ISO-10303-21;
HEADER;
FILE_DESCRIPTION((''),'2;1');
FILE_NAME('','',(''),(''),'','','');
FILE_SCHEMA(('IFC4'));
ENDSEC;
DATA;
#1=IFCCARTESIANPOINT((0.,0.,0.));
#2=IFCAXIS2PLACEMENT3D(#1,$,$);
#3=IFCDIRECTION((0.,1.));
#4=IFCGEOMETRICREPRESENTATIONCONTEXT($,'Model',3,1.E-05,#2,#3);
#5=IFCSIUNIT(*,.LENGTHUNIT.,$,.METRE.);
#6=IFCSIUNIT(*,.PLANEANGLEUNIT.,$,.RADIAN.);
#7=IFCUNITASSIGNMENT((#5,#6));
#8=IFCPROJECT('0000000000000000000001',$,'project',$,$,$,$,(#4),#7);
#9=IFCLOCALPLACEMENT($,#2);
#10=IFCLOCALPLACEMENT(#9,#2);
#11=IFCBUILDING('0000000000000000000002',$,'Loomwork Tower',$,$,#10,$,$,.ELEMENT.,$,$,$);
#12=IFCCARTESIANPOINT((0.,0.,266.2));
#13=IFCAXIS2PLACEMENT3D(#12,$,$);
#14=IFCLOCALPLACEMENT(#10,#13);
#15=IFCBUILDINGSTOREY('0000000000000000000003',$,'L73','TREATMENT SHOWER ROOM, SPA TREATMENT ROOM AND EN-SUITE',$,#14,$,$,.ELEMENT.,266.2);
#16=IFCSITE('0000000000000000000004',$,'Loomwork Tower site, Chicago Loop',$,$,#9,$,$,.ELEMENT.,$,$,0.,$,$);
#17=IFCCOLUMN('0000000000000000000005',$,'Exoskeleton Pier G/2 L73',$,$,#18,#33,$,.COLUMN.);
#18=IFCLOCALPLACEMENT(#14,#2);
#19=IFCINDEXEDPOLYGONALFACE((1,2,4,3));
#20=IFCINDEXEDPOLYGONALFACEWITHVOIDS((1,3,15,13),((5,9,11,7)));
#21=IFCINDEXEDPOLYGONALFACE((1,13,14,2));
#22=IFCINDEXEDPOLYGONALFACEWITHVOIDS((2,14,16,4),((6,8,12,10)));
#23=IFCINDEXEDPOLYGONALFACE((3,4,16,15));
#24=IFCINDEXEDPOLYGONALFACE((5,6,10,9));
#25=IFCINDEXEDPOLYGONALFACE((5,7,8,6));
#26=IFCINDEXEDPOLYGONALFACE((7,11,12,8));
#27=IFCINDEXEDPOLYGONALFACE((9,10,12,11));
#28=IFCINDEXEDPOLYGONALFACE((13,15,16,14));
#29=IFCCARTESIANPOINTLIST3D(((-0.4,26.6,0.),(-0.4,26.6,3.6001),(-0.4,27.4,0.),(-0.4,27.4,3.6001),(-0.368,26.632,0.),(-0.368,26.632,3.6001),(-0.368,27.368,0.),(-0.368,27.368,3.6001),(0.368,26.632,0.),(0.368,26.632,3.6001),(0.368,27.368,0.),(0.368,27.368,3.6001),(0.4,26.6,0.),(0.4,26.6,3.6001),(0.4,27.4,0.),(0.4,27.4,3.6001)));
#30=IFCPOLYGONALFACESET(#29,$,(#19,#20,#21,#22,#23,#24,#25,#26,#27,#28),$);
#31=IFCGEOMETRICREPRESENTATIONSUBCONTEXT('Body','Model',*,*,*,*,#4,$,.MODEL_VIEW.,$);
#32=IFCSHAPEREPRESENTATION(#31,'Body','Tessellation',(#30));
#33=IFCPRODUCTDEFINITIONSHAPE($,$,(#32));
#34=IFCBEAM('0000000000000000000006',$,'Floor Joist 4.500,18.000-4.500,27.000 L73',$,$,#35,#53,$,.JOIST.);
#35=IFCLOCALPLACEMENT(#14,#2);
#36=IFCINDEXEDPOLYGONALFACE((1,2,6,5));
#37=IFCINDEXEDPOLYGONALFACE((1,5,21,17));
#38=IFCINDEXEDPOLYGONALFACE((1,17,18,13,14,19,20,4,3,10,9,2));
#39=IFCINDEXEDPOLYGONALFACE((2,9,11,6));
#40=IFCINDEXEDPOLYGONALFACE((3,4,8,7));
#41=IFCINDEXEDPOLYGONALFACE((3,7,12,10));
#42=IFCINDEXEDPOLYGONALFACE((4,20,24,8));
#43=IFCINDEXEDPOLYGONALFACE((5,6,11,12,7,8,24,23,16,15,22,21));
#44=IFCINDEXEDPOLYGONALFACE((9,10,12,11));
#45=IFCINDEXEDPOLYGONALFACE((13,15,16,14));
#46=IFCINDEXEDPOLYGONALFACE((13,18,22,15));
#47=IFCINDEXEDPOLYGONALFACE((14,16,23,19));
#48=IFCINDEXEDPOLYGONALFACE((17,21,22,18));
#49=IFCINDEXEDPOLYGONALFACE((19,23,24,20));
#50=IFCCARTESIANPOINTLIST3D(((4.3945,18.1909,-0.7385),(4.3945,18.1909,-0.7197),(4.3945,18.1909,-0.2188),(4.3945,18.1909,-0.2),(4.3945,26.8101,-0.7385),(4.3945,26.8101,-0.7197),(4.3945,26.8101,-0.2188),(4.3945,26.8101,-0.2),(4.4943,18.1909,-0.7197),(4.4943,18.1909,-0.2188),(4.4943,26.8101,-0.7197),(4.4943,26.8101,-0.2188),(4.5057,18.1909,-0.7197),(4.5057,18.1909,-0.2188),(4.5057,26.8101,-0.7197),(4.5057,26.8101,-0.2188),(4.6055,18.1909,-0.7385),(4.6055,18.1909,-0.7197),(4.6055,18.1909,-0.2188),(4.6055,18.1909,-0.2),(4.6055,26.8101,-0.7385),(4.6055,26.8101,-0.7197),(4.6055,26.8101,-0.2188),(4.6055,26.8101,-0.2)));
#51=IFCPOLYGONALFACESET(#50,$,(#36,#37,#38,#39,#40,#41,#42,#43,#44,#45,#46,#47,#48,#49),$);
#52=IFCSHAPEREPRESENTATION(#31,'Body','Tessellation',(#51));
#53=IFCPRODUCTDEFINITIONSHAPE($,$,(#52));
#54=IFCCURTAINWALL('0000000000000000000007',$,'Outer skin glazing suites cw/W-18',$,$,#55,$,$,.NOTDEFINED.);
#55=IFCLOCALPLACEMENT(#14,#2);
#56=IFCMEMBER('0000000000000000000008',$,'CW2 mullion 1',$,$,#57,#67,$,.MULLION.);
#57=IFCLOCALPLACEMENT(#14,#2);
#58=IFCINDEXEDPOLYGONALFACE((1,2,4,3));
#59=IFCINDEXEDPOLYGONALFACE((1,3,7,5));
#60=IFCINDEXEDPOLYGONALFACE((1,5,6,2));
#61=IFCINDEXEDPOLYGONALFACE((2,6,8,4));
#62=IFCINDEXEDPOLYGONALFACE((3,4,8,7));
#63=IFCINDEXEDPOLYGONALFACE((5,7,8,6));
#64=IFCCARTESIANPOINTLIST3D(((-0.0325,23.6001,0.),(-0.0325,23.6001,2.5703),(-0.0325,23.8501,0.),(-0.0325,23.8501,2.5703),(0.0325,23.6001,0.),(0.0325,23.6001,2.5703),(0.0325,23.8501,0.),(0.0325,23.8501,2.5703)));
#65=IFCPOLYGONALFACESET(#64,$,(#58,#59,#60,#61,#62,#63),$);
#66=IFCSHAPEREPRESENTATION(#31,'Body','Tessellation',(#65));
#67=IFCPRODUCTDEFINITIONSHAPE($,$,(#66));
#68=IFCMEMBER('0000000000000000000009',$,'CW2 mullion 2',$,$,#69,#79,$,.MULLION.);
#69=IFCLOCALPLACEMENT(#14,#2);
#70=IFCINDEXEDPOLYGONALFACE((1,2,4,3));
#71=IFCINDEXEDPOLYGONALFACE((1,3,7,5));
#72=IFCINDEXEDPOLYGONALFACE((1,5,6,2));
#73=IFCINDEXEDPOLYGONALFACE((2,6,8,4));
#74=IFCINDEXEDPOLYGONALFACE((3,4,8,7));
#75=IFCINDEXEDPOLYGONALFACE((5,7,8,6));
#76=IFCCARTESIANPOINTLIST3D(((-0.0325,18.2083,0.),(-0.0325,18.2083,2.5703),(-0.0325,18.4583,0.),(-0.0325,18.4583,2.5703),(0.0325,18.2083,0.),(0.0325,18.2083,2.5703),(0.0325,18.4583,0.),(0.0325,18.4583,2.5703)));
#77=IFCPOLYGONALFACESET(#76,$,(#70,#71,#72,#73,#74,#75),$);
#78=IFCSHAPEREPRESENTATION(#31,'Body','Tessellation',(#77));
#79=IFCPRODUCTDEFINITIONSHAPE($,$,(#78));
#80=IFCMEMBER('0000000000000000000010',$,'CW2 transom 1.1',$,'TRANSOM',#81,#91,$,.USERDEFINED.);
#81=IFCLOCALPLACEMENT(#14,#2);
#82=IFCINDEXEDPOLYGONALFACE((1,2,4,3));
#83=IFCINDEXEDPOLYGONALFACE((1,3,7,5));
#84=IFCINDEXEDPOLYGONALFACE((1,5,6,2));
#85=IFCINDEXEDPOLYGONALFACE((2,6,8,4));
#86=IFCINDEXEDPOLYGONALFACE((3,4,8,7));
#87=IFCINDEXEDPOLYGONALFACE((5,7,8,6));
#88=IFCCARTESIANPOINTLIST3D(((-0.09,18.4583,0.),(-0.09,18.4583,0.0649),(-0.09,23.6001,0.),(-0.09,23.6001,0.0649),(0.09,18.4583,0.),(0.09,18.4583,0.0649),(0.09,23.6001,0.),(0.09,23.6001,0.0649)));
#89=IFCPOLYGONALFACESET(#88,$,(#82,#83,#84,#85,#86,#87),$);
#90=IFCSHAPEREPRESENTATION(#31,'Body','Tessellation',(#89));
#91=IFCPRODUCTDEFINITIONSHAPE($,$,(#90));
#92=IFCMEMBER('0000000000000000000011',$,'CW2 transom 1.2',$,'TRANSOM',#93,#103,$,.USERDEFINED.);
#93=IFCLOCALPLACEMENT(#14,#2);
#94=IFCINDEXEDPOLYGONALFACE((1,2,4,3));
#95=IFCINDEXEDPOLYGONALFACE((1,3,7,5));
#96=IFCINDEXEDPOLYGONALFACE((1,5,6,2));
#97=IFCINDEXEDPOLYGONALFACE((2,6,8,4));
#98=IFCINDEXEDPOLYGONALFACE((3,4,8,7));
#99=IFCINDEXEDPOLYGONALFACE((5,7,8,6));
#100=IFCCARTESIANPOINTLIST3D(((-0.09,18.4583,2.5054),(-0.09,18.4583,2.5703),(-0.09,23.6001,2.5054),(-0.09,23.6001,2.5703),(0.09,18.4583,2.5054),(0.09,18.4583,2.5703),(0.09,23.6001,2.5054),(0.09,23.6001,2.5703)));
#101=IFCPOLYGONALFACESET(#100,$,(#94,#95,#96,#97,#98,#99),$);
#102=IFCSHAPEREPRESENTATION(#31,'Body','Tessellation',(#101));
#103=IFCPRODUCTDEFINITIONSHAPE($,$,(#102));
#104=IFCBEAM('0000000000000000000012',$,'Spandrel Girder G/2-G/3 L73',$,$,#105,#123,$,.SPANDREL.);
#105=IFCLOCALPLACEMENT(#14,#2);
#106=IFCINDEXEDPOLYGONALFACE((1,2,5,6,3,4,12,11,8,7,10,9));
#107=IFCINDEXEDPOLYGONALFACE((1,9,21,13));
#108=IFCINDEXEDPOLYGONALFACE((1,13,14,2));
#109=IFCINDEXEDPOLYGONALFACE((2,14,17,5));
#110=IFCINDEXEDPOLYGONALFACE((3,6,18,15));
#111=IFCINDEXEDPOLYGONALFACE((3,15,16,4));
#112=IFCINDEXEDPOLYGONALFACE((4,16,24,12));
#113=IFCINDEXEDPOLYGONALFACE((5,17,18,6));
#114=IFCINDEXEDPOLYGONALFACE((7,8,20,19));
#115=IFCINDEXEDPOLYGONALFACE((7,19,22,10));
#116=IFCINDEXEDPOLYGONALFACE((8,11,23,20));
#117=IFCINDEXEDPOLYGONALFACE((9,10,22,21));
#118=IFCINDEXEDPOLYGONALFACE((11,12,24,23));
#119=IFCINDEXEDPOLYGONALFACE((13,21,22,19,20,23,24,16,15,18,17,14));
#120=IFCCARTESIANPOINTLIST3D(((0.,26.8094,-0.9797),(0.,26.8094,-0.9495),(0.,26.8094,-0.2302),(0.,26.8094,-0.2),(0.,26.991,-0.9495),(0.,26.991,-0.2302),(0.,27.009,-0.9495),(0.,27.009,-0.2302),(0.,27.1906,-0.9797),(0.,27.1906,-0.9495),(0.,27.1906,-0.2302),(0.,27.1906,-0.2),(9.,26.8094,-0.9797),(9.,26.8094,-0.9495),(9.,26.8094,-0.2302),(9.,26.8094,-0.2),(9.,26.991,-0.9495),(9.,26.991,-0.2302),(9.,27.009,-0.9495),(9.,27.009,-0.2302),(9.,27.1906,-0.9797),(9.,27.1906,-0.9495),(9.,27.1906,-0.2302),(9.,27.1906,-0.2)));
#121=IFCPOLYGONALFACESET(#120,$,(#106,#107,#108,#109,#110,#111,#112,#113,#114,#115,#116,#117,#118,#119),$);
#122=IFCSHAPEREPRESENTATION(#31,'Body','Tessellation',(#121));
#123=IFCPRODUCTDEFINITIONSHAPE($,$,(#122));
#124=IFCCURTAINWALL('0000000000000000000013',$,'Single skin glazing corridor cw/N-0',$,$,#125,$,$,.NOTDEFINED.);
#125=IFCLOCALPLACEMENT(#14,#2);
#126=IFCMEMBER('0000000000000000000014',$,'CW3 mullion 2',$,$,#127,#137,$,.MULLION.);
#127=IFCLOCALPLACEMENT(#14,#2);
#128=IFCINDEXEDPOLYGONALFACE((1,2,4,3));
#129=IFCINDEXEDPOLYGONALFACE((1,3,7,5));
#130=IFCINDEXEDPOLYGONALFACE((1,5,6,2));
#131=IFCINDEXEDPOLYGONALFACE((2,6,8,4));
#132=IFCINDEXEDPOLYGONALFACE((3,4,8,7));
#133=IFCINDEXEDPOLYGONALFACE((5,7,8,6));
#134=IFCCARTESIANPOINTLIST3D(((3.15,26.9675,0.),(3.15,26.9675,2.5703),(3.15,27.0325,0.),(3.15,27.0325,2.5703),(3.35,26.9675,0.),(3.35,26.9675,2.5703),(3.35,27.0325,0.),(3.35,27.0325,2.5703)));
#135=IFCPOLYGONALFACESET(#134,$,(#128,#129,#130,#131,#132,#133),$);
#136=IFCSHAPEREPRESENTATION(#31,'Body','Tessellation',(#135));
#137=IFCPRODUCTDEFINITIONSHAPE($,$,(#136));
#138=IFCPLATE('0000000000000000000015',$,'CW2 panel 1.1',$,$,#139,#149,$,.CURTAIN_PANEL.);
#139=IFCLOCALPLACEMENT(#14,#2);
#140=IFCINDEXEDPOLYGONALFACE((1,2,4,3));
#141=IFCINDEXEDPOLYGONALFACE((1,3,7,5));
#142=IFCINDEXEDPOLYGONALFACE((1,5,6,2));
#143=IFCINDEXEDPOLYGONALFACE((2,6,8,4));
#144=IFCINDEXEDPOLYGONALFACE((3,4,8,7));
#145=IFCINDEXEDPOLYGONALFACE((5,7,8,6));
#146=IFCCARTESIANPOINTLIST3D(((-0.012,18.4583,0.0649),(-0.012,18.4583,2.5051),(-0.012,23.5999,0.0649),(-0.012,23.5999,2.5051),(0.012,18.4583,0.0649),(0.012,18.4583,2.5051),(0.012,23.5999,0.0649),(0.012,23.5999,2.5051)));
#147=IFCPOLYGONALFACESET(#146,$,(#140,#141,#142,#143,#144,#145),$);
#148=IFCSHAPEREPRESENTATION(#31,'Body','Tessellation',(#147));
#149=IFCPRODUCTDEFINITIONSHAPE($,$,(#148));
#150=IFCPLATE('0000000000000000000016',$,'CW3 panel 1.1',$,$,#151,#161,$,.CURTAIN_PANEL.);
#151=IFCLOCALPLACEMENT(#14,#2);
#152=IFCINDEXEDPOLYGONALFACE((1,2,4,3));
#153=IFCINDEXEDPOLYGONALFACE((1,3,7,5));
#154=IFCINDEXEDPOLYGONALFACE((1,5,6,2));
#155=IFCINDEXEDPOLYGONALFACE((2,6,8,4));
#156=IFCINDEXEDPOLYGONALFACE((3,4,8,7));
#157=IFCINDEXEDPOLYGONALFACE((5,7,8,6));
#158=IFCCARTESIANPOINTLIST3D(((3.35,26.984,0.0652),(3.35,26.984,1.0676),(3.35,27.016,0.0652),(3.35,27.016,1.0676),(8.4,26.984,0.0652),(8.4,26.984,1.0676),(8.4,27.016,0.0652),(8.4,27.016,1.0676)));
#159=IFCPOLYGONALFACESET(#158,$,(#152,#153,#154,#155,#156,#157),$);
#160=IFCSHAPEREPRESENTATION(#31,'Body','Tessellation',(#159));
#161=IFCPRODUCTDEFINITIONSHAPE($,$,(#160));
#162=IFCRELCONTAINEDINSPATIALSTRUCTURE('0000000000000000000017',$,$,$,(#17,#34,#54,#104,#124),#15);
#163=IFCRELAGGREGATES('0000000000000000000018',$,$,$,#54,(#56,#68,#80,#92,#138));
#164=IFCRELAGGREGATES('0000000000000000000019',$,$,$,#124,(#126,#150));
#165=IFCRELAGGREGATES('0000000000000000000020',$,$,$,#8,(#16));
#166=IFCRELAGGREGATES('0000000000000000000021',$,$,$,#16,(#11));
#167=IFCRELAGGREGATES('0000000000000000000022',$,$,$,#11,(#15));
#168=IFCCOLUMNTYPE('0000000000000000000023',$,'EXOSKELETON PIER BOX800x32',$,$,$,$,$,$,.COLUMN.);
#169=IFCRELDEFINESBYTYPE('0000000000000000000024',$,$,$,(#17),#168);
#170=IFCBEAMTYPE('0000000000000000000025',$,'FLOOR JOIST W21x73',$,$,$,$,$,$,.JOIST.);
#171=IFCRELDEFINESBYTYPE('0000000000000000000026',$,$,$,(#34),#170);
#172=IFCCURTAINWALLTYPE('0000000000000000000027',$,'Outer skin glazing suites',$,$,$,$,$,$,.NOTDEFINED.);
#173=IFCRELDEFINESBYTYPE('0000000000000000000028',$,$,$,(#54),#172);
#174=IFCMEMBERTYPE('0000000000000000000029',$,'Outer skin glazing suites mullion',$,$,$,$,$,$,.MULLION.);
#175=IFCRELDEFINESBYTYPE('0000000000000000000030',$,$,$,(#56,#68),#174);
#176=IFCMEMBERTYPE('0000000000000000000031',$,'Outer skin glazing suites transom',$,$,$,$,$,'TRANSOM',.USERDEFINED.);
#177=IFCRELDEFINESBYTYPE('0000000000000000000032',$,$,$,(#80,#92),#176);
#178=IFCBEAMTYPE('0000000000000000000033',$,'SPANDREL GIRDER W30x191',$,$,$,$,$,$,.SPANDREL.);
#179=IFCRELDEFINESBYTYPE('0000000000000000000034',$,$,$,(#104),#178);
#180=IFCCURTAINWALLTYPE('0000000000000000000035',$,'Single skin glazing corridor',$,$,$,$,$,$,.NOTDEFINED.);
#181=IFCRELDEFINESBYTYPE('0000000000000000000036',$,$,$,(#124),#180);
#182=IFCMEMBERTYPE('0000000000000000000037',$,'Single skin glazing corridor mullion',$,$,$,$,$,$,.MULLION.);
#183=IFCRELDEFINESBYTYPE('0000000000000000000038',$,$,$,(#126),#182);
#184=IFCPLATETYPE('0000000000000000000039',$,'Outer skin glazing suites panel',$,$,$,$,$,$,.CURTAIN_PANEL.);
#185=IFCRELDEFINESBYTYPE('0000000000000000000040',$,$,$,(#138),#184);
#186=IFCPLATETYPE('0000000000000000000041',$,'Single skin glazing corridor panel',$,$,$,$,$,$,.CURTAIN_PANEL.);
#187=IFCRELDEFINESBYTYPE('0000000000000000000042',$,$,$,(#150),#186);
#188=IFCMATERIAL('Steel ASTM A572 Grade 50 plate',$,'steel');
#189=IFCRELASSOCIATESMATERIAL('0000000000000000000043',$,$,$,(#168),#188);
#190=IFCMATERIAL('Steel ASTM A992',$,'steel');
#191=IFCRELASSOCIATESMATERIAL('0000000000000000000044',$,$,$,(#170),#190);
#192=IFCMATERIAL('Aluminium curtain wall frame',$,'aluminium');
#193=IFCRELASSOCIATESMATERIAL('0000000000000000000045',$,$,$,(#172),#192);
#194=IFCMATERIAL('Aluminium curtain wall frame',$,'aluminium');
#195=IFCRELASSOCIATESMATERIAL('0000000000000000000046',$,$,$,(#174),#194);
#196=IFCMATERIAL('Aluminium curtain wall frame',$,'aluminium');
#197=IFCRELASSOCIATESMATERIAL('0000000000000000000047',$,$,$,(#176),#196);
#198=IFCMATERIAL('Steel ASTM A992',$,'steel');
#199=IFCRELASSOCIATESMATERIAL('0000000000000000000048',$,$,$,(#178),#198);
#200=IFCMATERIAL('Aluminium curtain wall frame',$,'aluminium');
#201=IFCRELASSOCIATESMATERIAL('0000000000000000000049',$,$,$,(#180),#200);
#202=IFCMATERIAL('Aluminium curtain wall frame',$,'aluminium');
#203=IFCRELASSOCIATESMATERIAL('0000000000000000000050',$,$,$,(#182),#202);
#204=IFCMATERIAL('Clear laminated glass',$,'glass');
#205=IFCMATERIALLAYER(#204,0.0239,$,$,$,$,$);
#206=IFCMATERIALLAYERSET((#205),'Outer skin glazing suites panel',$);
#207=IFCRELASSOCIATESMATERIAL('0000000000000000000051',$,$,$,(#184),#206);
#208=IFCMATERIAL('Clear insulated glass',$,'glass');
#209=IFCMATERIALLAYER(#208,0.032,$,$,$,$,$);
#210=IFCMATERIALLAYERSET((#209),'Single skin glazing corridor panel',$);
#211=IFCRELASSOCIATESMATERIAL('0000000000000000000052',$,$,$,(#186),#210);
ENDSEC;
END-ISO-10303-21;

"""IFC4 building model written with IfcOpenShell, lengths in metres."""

from ifc_helpers import new_model, si_unit, direction, frame, origin, origin_2d, place, context, subcontext, project, spatial, rectangle, hollow_rectangle, i_section, extrude, material, layer, layer_set, material_profile, profile_set, type_object, element, aggregate, save


model = new_model("IFC4")

# Units and contexts
model_context = context("Model", 3, precision=1e-05, world=origin(), true_north=direction((0.0, 1.0)))
body_context = subcontext(model_context, "Body", "Model", "MODEL_VIEW")
ifc_project = project(units=[si_unit("LENGTHUNIT", "METRE"), si_unit("PLANEANGLEUNIT", "RADIAN")], contexts=[model_context])

# Site, building, storey
site_placement = place(None, origin())
site = spatial("IfcSite", under=ifc_project, at=site_placement, Name="Loomwork Tower site, Chicago Loop", CompositionType="ELEMENT", RefElevation=0.0)
building_placement = place(site_placement, origin())
building = spatial("IfcBuilding", under=site, at=building_placement, Name="Loomwork Tower", CompositionType="ELEMENT")
storey_placement = place(building_placement, frame((0.0, 0.0, 266.2)))
storey = spatial("IfcBuildingStorey", under=building, at=storey_placement, Name="L73", Description="TREATMENT SHOWER ROOM, SPA TREATMENT ROOM AND EN-SUITE", CompositionType="ELEMENT", Elevation=266.2)

# Column
ifc_material_1 = material(Name="Steel ASTM A572 Grade 50 plate", Category="steel")
ifc_material_profile_1 = material_profile(ifc_material_1, hollow_rectangle(XDim=0.8, YDim=0.8, WallThickness=0.032, at=origin_2d()), Name="BOX800x32")
ifc_profile_set_1 = profile_set([ifc_material_profile_1], Name="Steel ASTM A572 Grade 50 plate")
column_type = type_object("IfcColumnType", Name="EXOSKELETON PIER BOX800x32", PredefinedType="COLUMN", material=ifc_profile_set_1)
column_placement = place(storey_placement, frame((0.0, 27.0, 0.0), z_axis=(0.0, 0.0, 1.0), x_axis=(0.0, 1.0, 0.0)))
element("IfcColumn", 1, at=column_placement, inside=storey, type_object=column_type, Name="Exoskeleton Pier G/2 L73", PredefinedType="COLUMN", context=body_context, shape_type="SweptSolid", body=[
    extrude(hollow_rectangle(XDim=0.8, YDim=0.8, WallThickness=0.032, at=origin_2d()), origin(), (0.0, 0.0, 1.0), 3.6001),
])

# Beam
ifc_material_2 = material(Name="Steel ASTM A992", Category="steel")
ifc_material_profile_2 = material_profile(ifc_material_2, i_section(OverallWidth=0.2109, OverallDepth=0.5386, WebThickness=0.0115, FlangeThickness=0.0188, at=origin_2d()), Name="W21x73")
ifc_profile_set_2 = profile_set([ifc_material_profile_2], Name="Steel ASTM A992")
beam_type_1 = type_object("IfcBeamType", Name="FLOOR JOIST W21x73", PredefinedType="JOIST", material=ifc_profile_set_2)
beam_1_placement = place(storey_placement, frame((4.5, 18.1909, -0.4692), z_axis=(0.0, 1.0, 0.0), x_axis=(-1.0, 0.0, 0.0)))
element("IfcBeam", 2, at=beam_1_placement, inside=storey, type_object=beam_type_1, Name="Floor Joist 4.500,18.000-4.500,27.000 L73", PredefinedType="JOIST", context=body_context, shape_type="SweptSolid", body=[
    extrude(i_section(OverallWidth=0.2109, OverallDepth=0.5386, WebThickness=0.0115, FlangeThickness=0.0188, at=origin_2d()), origin(), (0.0, 0.0, 1.0), 8.6191),
])

# Curtain wall, members
ifc_material_3 = material(Name="Aluminium curtain wall frame", Category="aluminium")
curtain_wall_type_1 = type_object("IfcCurtainWallType", Name="Outer skin glazing suites", PredefinedType="NOTDEFINED", material=ifc_material_3)
curtain_wall_1_placement = place(storey_placement, origin())
curtain_wall_1 = element("IfcCurtainWall", 3, at=curtain_wall_1_placement, inside=storey, type_object=curtain_wall_type_1, Name="Outer skin glazing suites cw/W-18", PredefinedType="NOTDEFINED")
ifc_material_4 = material(Name="Aluminium curtain wall frame", Category="aluminium")
ifc_material_profile_3 = material_profile(ifc_material_4, rectangle(XDim=0.0649, YDim=0.25, at=origin_2d()), Name="AL 65x250")
ifc_profile_set_3 = profile_set([ifc_material_profile_3], Name="Aluminium curtain wall frame")
member_type_1 = type_object("IfcMemberType", Name="Outer skin glazing suites mullion", PredefinedType="MULLION", material=ifc_profile_set_3)
member_1_placement = place(storey_placement, frame((0.0, 23.7251, 0.0), z_axis=(0.0, 0.0, 1.0), x_axis=(1.0, 0.0, 0.0)))
member_1 = element("IfcMember", 4, at=member_1_placement, type_object=member_type_1, Name="CW2 mullion 1", PredefinedType="MULLION", context=body_context, shape_type="SweptSolid", body=[
    extrude(rectangle(XDim=0.0649, YDim=0.25, at=origin_2d()), origin(), (0.0, 0.0, 1.0), 2.5703),
])
member_2_placement = place(storey_placement, frame((0.0, 18.3333, 0.0), z_axis=(0.0, 0.0, 1.0), x_axis=(1.0, 0.0, 0.0)))
member_2 = element("IfcMember", 5, at=member_2_placement, type_object=member_type_1, Name="CW2 mullion 2", PredefinedType="MULLION", context=body_context, shape_type="SweptSolid", body=[
    extrude(rectangle(XDim=0.0649, YDim=0.25, at=origin_2d()), origin(), (0.0, 0.0, 1.0), 2.5703),
])
ifc_material_5 = material(Name="Aluminium curtain wall frame", Category="aluminium")
ifc_material_profile_4 = material_profile(ifc_material_5, rectangle(XDim=0.1799, YDim=0.0649, at=origin_2d()), Name="AL 65x180")
ifc_profile_set_4 = profile_set([ifc_material_profile_4], Name="Aluminium curtain wall frame")
member_type_2 = type_object("IfcMemberType", Name="Outer skin glazing suites transom", ElementType="TRANSOM", PredefinedType="USERDEFINED", material=ifc_profile_set_4)
member_3_placement = place(storey_placement, frame((0.0, 23.6001, 0.0325), z_axis=(0.0, -1.0, 0.0), x_axis=(1.0, 0.0, 0.0)))
member_3 = element("IfcMember", 6, at=member_3_placement, type_object=member_type_2, Name="CW2 transom 1.1", ObjectType="TRANSOM", PredefinedType="USERDEFINED", context=body_context, shape_type="SweptSolid", body=[
    extrude(rectangle(XDim=0.1799, YDim=0.0649, at=origin_2d()), origin(), (0.0, 0.0, 1.0), 5.1418),
])
member_4_placement = place(storey_placement, frame((0.0, 23.6001, 2.5378), z_axis=(0.0, -1.0, 0.0), x_axis=(1.0, 0.0, 0.0)))
member_4 = element("IfcMember", 7, at=member_4_placement, type_object=member_type_2, Name="CW2 transom 1.2", ObjectType="TRANSOM", PredefinedType="USERDEFINED", context=body_context, shape_type="SweptSolid", body=[
    extrude(rectangle(XDim=0.1799, YDim=0.0649, at=origin_2d()), origin(), (0.0, 0.0, 1.0), 5.1418),
])

# Beam
ifc_material_6 = material(Name="Steel ASTM A992", Category="steel")
ifc_material_profile_5 = material_profile(ifc_material_6, i_section(OverallWidth=0.3811, OverallDepth=0.7798, WebThickness=0.0181, FlangeThickness=0.0303, at=origin_2d()), Name="W30x191")
ifc_profile_set_5 = profile_set([ifc_material_profile_5], Name="Steel ASTM A992")
beam_type_2 = type_object("IfcBeamType", Name="SPANDREL GIRDER W30x191", PredefinedType="SPANDREL", material=ifc_profile_set_5)
beam_2_placement = place(storey_placement, frame((0.0, 27.0, -0.5898), z_axis=(1.0, 0.0, 0.0), x_axis=(0.0, 1.0, 0.0)))
element("IfcBeam", 8, at=beam_2_placement, inside=storey, type_object=beam_type_2, Name="Spandrel Girder G/2-G/3 L73", PredefinedType="SPANDREL", context=body_context, shape_type="SweptSolid", body=[
    extrude(i_section(OverallWidth=0.3811, OverallDepth=0.7798, WebThickness=0.0181, FlangeThickness=0.0303, at=origin_2d()), origin(), (0.0, 0.0, 1.0), 9.0),
])

# Curtain wall, member
ifc_material_7 = material(Name="Aluminium curtain wall frame", Category="aluminium")
curtain_wall_type_2 = type_object("IfcCurtainWallType", Name="Single skin glazing corridor", PredefinedType="NOTDEFINED", material=ifc_material_7)
curtain_wall_2_placement = place(storey_placement, origin())
curtain_wall_2 = element("IfcCurtainWall", 9, at=curtain_wall_2_placement, inside=storey, type_object=curtain_wall_type_2, Name="Single skin glazing corridor cw/N-0", PredefinedType="NOTDEFINED")
ifc_material_8 = material(Name="Aluminium curtain wall frame", Category="aluminium")
ifc_material_profile_6 = material_profile(ifc_material_8, rectangle(XDim=0.0649, YDim=0.2, at=origin_2d()), Name="AL 65x200")
ifc_profile_set_6 = profile_set([ifc_material_profile_6], Name="Aluminium curtain wall frame")
member_type_3 = type_object("IfcMemberType", Name="Single skin glazing corridor mullion", PredefinedType="MULLION", material=ifc_profile_set_6)
member_5_placement = place(storey_placement, frame((3.25, 27.0, 0.0), z_axis=(0.0, 0.0, 1.0), x_axis=(0.0, -1.0, 0.0)))
member_5 = element("IfcMember", 10, at=member_5_placement, type_object=member_type_3, Name="CW3 mullion 2", PredefinedType="MULLION", context=body_context, shape_type="SweptSolid", body=[
    extrude(rectangle(XDim=0.0649, YDim=0.2, at=origin_2d()), origin(), (0.0, 0.0, 1.0), 2.5703),
])

# Plates
ifc_material_9 = material(Name="Clear laminated glass", Category="glass")
ifc_layer_1 = layer(ifc_material_9, 0.0239)
ifc_layer_set_1 = layer_set([ifc_layer_1], Name="Outer skin glazing suites panel")
plate_type_1 = type_object("IfcPlateType", Name="Outer skin glazing suites panel", PredefinedType="CURTAIN_PANEL", material=ifc_layer_set_1)
plate_1_placement = place(storey_placement, frame((0.0, 21.0291, 0.0649), z_axis=(0.0, 0.0, 1.0), x_axis=(0.0, -1.0, 0.0)))
plate_1 = element("IfcPlate", 11, at=plate_1_placement, type_object=plate_type_1, Name="CW2 panel 1.1", PredefinedType="CURTAIN_PANEL", context=body_context, shape_type="SweptSolid", body=[
    extrude(rectangle(XDim=5.1416, YDim=0.0239, at=origin_2d()), origin(), (0.0, 0.0, 1.0), 2.4402),
])
aggregate(curtain_wall_1, [member_1, member_2, member_3, member_4, plate_1])
ifc_material_10 = material(Name="Clear insulated glass", Category="glass")
ifc_layer_2 = layer(ifc_material_10, 0.032)
ifc_layer_set_2 = layer_set([ifc_layer_2], Name="Single skin glazing corridor panel")
plate_type_2 = type_object("IfcPlateType", Name="Single skin glazing corridor panel", PredefinedType="CURTAIN_PANEL", material=ifc_layer_set_2)
plate_2_placement = place(storey_placement, frame((5.875, 27.0, 0.0652), z_axis=(0.0, 0.0, 1.0), x_axis=(-1.0, 0.0, 0.0)))
plate_2 = element("IfcPlate", 12, at=plate_2_placement, type_object=plate_type_2, Name="CW3 panel 1.1", PredefinedType="CURTAIN_PANEL", context=body_context, shape_type="SweptSolid", body=[
    extrude(rectangle(XDim=5.05, YDim=0.032, at=origin_2d()), origin(), (0.0, 0.0, 1.0), 1.0024),
])
aggregate(curtain_wall_2, [member_5, plate_2])

save(model, "model.ifc")
